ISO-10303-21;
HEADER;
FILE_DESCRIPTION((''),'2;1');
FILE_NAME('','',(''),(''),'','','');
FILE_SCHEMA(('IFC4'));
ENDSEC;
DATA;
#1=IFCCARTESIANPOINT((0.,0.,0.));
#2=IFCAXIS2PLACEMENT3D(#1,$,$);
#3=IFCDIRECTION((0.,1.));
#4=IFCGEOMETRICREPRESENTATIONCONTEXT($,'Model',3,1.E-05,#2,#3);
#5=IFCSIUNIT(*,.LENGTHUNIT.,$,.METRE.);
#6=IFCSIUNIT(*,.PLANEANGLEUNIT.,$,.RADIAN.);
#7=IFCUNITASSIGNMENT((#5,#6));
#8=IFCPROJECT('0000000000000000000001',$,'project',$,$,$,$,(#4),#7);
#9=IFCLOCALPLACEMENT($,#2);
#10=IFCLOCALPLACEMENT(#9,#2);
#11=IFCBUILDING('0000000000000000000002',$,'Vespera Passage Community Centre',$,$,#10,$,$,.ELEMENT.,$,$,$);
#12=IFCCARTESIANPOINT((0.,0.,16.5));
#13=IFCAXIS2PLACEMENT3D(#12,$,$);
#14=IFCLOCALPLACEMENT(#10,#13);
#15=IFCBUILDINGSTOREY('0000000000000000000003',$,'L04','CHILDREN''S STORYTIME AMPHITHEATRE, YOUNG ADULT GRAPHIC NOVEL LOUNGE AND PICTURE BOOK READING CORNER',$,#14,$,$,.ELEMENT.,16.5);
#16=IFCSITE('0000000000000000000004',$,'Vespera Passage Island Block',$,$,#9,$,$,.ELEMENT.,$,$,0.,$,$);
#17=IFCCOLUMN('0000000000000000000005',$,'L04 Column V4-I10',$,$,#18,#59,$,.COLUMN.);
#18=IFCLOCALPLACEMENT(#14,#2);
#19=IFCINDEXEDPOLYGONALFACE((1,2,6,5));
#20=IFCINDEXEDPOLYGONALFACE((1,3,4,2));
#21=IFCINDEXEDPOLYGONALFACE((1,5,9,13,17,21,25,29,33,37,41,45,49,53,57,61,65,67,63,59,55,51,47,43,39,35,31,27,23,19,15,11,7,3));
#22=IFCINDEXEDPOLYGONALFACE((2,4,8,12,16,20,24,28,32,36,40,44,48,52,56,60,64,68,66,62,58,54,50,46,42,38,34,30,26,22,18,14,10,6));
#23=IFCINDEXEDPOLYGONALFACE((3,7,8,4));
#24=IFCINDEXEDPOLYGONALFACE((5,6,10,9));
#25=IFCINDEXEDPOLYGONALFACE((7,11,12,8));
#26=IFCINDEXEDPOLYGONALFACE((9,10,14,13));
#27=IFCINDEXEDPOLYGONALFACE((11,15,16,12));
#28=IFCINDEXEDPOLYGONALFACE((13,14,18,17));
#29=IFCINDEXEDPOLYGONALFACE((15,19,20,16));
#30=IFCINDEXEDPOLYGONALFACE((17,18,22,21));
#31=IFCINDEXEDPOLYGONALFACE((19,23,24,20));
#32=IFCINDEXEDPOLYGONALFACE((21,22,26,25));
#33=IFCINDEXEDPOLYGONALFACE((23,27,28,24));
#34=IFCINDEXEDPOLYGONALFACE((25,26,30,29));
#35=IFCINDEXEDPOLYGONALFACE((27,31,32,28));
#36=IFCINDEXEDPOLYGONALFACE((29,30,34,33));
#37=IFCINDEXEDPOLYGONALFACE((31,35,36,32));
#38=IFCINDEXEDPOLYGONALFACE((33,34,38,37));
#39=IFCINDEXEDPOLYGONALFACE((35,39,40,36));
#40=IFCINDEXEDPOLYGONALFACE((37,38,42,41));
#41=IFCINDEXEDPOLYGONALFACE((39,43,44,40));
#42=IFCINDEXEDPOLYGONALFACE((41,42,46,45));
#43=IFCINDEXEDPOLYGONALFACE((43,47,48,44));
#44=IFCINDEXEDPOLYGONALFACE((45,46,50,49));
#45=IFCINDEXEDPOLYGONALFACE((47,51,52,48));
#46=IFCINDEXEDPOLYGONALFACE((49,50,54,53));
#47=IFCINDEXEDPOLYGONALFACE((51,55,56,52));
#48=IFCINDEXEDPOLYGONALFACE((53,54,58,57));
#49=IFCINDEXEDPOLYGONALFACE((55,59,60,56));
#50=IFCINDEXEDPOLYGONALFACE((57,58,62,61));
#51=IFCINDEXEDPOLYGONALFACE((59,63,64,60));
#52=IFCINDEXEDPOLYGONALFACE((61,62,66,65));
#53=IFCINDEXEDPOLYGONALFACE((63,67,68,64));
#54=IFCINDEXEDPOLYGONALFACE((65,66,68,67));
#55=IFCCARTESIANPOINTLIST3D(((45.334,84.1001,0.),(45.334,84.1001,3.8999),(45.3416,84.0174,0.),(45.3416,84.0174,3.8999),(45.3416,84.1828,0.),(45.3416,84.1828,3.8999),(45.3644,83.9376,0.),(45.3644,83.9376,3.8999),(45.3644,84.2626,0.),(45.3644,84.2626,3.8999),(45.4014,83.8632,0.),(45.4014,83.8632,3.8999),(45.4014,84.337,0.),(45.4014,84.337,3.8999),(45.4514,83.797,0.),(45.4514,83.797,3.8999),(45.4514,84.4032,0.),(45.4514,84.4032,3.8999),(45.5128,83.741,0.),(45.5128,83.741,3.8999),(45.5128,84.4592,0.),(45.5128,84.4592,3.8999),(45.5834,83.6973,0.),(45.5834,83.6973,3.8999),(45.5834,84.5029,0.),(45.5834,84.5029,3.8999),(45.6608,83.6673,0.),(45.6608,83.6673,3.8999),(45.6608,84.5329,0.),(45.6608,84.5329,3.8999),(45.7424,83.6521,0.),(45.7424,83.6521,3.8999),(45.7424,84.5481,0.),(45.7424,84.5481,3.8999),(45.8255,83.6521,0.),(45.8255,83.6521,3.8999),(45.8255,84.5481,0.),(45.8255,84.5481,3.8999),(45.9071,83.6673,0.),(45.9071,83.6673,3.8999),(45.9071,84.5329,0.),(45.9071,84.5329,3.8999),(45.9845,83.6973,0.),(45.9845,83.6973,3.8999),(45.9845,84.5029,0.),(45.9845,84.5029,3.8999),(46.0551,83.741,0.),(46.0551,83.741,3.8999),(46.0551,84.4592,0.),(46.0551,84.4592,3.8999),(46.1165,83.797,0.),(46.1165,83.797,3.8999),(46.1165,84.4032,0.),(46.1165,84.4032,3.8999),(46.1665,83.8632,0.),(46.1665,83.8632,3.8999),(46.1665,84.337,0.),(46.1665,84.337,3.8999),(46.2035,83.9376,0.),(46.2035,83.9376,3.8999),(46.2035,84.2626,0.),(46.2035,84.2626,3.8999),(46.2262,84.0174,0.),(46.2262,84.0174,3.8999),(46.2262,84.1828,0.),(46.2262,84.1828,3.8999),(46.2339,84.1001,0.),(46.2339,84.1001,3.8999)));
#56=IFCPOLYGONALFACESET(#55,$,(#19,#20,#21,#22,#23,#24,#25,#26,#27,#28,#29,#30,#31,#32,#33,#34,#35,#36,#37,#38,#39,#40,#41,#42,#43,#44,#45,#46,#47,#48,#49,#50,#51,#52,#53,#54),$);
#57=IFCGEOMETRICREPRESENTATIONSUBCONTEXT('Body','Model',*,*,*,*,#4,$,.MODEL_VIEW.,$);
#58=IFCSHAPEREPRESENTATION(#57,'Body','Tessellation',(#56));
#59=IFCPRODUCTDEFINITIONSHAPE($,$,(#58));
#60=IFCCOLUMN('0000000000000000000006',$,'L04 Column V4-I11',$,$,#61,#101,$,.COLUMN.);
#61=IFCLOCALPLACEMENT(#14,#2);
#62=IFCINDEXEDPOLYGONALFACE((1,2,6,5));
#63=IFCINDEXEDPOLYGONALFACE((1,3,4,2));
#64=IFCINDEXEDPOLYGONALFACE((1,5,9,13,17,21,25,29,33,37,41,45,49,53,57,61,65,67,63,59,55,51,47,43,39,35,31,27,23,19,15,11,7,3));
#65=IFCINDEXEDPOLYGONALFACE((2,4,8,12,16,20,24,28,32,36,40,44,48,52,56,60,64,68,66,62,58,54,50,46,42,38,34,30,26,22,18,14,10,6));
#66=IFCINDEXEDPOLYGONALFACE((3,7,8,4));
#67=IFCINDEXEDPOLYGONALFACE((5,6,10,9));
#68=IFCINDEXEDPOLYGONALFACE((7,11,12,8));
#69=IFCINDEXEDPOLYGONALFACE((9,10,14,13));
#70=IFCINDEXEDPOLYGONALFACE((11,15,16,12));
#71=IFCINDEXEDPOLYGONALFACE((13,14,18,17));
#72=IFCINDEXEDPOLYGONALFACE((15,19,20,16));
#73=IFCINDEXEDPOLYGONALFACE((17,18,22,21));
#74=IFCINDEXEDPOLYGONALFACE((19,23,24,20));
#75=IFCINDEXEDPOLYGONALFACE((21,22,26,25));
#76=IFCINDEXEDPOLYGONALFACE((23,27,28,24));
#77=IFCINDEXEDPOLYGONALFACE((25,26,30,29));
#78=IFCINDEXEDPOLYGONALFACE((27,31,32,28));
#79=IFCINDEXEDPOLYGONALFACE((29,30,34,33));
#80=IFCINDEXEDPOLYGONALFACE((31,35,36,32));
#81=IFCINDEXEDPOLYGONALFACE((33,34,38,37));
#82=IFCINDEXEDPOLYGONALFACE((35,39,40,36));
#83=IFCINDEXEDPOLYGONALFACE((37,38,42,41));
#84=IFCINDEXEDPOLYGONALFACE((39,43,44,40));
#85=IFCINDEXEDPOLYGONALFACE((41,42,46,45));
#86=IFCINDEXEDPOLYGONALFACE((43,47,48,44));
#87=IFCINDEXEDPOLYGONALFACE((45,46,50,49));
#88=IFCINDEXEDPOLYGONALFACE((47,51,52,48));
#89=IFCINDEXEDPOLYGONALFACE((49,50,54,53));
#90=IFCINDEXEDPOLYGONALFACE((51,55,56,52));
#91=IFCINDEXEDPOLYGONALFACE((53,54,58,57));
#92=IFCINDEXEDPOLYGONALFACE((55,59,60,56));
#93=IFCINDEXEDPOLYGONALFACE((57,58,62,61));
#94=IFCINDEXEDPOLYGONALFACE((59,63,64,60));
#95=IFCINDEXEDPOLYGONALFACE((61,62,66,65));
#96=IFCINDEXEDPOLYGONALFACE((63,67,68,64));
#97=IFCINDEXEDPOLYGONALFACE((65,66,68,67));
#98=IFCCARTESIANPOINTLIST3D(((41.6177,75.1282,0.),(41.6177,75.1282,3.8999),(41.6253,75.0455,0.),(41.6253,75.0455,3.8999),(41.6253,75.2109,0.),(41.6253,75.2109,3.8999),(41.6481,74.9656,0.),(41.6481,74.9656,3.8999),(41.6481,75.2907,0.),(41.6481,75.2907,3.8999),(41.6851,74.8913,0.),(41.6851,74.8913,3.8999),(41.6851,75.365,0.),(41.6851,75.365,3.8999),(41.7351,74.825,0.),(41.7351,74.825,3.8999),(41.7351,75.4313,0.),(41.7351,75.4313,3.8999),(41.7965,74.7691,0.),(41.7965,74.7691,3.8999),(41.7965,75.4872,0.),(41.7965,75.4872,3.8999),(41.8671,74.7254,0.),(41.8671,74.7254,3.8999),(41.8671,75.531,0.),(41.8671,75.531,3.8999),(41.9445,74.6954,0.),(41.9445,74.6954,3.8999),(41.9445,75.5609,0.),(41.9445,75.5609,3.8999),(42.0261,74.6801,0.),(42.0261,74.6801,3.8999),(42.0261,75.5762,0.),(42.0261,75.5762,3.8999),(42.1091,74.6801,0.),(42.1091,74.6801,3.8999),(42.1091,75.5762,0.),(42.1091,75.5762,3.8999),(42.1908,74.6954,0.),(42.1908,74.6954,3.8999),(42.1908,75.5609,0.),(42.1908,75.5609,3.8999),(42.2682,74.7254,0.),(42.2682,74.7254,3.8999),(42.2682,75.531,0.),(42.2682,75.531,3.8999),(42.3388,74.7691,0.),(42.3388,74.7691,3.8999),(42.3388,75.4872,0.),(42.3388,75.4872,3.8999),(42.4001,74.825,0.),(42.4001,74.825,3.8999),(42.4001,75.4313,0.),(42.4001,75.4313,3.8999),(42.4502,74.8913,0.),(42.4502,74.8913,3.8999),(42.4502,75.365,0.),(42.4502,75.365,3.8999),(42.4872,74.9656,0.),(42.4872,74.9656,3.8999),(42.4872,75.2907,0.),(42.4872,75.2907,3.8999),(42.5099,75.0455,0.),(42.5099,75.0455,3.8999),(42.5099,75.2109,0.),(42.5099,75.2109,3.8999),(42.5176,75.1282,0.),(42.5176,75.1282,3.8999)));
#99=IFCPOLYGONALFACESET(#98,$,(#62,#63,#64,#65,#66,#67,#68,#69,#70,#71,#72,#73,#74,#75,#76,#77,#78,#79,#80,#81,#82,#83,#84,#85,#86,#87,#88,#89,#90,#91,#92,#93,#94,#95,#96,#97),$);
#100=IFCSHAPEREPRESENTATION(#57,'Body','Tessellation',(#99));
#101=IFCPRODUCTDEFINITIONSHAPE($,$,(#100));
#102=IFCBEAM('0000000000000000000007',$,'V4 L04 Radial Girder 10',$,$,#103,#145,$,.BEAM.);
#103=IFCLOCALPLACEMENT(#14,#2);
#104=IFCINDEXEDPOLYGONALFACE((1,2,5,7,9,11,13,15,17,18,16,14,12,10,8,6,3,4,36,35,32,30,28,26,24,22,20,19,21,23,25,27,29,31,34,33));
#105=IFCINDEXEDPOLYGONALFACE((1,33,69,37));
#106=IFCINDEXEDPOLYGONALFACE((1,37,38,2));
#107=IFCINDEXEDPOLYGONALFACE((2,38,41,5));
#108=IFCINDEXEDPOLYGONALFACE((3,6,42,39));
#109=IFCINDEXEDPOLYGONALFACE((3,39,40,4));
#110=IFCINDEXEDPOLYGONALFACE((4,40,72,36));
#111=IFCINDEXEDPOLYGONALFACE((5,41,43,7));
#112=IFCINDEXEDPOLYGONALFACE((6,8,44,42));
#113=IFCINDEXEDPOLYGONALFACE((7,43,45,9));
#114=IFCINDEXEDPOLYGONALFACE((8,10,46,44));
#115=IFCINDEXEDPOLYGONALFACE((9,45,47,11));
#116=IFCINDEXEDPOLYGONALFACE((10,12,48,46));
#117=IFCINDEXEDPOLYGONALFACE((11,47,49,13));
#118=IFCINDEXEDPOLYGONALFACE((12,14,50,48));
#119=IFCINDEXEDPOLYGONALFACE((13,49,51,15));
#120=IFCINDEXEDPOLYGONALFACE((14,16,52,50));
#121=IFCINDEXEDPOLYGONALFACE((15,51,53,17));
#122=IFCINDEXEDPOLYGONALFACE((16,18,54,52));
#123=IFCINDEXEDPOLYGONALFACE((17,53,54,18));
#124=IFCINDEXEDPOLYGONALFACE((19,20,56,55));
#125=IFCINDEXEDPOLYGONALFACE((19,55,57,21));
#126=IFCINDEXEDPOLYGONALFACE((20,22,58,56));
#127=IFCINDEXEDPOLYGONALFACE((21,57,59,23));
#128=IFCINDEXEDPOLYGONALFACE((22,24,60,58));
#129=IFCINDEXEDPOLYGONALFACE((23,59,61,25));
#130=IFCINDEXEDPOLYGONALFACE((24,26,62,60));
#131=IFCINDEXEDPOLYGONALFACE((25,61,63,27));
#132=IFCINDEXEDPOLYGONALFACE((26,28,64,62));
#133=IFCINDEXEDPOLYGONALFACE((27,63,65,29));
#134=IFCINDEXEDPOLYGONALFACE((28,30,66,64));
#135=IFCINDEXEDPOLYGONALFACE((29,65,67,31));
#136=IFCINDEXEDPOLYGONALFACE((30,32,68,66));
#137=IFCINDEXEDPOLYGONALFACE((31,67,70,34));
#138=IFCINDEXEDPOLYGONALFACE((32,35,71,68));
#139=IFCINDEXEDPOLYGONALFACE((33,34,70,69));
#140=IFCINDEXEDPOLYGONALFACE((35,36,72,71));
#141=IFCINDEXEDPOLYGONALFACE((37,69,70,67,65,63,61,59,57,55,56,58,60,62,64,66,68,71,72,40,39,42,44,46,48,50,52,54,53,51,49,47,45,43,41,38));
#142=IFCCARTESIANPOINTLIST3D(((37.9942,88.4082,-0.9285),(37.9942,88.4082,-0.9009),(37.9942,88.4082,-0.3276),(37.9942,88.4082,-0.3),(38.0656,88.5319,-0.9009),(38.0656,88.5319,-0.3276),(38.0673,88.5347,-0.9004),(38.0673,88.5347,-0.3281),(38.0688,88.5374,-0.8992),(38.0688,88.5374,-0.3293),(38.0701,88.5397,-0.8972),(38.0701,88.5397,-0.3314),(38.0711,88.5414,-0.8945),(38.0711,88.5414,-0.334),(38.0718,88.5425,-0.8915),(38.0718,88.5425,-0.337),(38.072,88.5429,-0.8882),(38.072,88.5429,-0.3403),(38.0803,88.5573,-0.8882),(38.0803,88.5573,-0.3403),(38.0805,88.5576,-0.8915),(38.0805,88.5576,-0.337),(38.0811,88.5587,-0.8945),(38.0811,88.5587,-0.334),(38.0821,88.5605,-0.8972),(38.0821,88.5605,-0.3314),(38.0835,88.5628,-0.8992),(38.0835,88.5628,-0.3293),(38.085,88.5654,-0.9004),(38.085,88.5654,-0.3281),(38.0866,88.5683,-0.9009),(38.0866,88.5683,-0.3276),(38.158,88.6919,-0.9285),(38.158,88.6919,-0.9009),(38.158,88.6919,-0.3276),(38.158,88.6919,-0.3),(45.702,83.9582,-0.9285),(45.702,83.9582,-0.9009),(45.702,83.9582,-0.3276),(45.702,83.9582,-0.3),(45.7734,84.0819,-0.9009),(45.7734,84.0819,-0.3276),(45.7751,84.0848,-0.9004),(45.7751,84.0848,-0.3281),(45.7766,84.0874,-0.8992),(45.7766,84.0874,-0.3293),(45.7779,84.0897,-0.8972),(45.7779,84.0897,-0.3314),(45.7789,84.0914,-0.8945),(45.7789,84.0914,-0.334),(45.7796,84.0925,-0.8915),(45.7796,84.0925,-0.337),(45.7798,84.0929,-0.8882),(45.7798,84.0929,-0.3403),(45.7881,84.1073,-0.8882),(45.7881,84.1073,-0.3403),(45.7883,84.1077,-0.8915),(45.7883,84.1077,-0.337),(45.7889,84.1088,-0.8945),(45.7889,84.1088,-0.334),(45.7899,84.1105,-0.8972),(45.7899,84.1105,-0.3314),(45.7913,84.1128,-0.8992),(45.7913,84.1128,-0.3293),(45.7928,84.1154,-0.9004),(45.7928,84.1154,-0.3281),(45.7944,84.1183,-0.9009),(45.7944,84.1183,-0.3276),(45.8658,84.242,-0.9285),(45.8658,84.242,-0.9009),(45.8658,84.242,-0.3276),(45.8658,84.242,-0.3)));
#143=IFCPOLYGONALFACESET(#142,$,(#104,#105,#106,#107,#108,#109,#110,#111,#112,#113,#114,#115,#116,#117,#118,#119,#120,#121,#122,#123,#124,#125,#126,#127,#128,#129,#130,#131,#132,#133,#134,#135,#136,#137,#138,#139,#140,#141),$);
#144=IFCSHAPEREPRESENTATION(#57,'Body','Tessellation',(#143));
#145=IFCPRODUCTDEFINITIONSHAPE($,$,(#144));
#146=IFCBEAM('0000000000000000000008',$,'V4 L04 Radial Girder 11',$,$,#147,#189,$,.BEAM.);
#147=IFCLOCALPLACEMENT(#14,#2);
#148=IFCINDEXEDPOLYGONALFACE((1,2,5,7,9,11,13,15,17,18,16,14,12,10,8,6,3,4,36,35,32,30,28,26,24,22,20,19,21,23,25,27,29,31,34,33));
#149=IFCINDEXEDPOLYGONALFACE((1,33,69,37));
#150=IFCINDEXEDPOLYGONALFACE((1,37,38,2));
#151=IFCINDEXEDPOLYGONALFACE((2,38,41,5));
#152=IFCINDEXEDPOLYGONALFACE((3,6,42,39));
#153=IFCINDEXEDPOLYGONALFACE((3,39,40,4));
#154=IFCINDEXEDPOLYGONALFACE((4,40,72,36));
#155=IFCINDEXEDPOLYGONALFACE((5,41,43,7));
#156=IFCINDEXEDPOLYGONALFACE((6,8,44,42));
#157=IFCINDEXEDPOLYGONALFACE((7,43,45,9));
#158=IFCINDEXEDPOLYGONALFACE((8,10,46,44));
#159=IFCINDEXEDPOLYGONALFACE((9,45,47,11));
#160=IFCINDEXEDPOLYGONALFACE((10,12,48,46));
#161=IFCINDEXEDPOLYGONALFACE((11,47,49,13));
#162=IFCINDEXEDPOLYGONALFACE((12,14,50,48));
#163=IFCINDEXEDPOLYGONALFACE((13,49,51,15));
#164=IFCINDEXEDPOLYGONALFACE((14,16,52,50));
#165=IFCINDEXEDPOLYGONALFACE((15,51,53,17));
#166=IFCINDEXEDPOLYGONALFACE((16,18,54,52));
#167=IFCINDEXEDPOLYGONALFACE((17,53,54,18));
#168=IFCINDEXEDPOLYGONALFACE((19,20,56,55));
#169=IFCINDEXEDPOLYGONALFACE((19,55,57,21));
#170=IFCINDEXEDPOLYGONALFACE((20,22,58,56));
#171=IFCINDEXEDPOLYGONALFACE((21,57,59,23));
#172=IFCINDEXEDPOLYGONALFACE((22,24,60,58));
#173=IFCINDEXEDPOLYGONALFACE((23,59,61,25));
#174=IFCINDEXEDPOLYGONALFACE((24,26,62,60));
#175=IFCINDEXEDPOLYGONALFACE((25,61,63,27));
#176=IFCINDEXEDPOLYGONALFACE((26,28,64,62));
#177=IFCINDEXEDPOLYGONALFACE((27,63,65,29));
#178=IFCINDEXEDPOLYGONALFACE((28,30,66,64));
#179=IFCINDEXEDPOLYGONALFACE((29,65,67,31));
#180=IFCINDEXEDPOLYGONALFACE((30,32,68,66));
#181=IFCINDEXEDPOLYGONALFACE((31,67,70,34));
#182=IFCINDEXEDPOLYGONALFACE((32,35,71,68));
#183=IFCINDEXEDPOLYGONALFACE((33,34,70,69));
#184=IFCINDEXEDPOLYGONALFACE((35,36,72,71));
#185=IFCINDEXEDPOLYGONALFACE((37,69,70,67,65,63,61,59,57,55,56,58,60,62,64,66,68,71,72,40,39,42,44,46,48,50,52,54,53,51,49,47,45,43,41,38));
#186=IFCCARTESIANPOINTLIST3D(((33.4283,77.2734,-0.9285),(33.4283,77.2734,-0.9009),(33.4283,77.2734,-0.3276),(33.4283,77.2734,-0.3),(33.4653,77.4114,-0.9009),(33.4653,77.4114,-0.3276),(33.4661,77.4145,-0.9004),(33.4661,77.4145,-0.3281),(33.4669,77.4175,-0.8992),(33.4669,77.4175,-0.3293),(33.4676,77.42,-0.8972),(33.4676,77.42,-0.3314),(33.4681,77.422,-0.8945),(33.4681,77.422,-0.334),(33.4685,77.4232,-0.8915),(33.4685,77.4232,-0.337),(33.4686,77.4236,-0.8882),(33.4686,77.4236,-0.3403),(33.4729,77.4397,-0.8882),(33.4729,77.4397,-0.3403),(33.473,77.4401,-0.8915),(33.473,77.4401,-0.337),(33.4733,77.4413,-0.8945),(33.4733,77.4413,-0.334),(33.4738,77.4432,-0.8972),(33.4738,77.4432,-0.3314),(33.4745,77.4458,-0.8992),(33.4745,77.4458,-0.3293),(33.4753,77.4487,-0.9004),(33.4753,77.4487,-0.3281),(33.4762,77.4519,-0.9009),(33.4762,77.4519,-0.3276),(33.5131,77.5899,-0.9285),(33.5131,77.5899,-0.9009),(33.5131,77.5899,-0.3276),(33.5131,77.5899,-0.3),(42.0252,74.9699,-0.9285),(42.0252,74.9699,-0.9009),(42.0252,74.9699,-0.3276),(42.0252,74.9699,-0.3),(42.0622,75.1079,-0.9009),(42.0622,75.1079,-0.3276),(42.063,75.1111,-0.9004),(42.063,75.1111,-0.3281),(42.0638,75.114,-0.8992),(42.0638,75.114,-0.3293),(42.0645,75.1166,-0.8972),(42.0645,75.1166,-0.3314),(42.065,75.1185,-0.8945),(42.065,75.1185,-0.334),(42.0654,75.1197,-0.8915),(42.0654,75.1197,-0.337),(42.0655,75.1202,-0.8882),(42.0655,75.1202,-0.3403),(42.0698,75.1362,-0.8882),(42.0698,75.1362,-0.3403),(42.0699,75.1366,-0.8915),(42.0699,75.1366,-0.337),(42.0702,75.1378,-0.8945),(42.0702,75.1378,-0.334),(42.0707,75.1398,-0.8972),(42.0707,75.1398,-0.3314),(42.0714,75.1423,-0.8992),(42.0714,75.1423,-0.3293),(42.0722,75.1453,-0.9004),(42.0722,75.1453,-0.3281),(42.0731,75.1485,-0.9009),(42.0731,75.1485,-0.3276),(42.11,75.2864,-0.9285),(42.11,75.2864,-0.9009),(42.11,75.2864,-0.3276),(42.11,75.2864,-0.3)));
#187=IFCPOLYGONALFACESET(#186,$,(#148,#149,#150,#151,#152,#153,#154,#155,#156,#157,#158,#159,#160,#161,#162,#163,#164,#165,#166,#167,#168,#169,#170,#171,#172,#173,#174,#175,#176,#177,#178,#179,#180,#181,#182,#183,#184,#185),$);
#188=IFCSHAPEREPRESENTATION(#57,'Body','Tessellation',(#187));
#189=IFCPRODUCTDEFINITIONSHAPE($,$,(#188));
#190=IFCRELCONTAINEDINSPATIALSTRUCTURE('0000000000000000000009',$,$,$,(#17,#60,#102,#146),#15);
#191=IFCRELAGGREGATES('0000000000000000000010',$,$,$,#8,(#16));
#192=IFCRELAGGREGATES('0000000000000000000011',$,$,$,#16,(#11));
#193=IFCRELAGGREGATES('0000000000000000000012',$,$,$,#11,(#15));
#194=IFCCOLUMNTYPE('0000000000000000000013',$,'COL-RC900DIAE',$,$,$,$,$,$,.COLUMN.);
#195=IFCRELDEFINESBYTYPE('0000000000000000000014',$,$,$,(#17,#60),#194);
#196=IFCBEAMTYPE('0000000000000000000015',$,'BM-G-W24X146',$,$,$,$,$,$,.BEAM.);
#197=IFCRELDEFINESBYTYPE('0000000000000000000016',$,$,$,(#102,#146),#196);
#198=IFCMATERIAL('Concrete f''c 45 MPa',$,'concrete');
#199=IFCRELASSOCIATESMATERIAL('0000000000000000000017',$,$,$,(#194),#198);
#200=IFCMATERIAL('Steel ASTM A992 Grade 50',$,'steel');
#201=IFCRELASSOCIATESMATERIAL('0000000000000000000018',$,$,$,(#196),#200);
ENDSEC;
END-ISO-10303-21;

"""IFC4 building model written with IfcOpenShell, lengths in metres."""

from ifc_helpers import new_model, si_unit, direction, frame, origin, origin_2d, place, context, subcontext, project, spatial, circle, i_section, extrude, material, material_profile, profile_set, type_object, element, save


model = new_model("IFC4")

# Units and contexts
model_context = context("Model", 3, precision=1e-05, world=origin(), true_north=direction((0.0, 1.0)))
body_context = subcontext(model_context, "Body", "Model", "MODEL_VIEW")
ifc_project = project(units=[si_unit("LENGTHUNIT", "METRE"), si_unit("PLANEANGLEUNIT", "RADIAN")], contexts=[model_context])

# Site, building, storey
site_placement = place(None, origin())
site = spatial("IfcSite", under=ifc_project, at=site_placement, Name="Vespera Passage Island Block", CompositionType="ELEMENT", RefElevation=0.0)
building_placement = place(site_placement, origin())
building = spatial("IfcBuilding", under=site, at=building_placement, Name="Vespera Passage Community Centre", CompositionType="ELEMENT")
storey_placement = place(building_placement, frame((0.0, 0.0, 16.5)))
storey = spatial("IfcBuildingStorey", under=building, at=storey_placement, Name="L04", Description="CHILDREN'S STORYTIME AMPHITHEATRE, YOUNG ADULT GRAPHIC NOVEL LOUNGE AND PICTURE BOOK READING CORNER", CompositionType="ELEMENT", Elevation=16.5)

# Columns
ifc_material_1 = material(Name="Concrete f'c 45 MPa", Category="concrete")
ifc_material_profile_1 = material_profile(ifc_material_1, circle(Radius=0.45, at=origin_2d()), Name="RC900DIA")
ifc_profile_set_1 = profile_set([ifc_material_profile_1], Name="Concrete f'c 45 MPa")
column_type = type_object("IfcColumnType", Name="COL-RC900DIAE", PredefinedType="COLUMN", material=ifc_profile_set_1)
for number, where, z_axis, x_axis, name in (
    (1, (45.7839, 84.1001, 0.0), (0.0, 0.0, 1.0), (1.0, 0.0, 0.0), "L04 Column V4-I10"),
    (2, (42.0676, 75.1282, 0.0), (0.0, 0.0, 1.0), (1.0, 0.0, 0.0), "L04 Column V4-I11"),
):
    element("IfcColumn", number, at=place(storey_placement, frame(where, z_axis=z_axis, x_axis=x_axis)), inside=storey, type_object=column_type, Name=name, PredefinedType="COLUMN", context=body_context, shape_type="SweptSolid", body=[
        extrude(circle(Radius=0.45, at=origin_2d()), origin(), (0.0, 0.0, 1.0), 3.8999),
    ])

# Beams
ifc_material_2 = material(Name="Steel ASTM A992 Grade 50", Category="steel")
ifc_material_profile_2 = material_profile(ifc_material_2, i_section(OverallWidth=0.3276, OverallDepth=0.6284, WebThickness=0.0166, FlangeThickness=0.0276, FilletRadius=0.0127, at=origin_2d()), Name="W24X146")
ifc_profile_set_2 = profile_set([ifc_material_profile_2], Name="Steel ASTM A992 Grade 50")
beam_type_1 = type_object("IfcBeamType", Name="BM-G-W24X146", PredefinedType="BEAM", material=ifc_profile_set_2)
for number, where, z_axis, x_axis, name in (
    (3, (45.7839, 84.1001, -0.6143), (-0.866032, 0.499989, 0.0), (-0.499989, -0.866032, 0.0), "V4 L04 Radial Girder 10"),
    (4, (42.0676, 75.1282, -0.6143), (-0.965928, 0.258811, 0.0), (-0.258811, -0.965928, 0.0), "V4 L04 Radial Girder 11"),
):
    element("IfcBeam", number, at=place(storey_placement, frame(where, z_axis=z_axis, x_axis=x_axis)), inside=storey, type_object=beam_type_1, Name=name, PredefinedType="BEAM", context=body_context, shape_type="SweptSolid", body=[
        extrude(i_section(OverallWidth=0.3276, OverallDepth=0.6284, WebThickness=0.0166, FlangeThickness=0.0276, FilletRadius=0.0127, at=origin_2d()), origin(), (0.0, 0.0, 1.0), 8.9001),
    ])

save(model, "model.ifc")
